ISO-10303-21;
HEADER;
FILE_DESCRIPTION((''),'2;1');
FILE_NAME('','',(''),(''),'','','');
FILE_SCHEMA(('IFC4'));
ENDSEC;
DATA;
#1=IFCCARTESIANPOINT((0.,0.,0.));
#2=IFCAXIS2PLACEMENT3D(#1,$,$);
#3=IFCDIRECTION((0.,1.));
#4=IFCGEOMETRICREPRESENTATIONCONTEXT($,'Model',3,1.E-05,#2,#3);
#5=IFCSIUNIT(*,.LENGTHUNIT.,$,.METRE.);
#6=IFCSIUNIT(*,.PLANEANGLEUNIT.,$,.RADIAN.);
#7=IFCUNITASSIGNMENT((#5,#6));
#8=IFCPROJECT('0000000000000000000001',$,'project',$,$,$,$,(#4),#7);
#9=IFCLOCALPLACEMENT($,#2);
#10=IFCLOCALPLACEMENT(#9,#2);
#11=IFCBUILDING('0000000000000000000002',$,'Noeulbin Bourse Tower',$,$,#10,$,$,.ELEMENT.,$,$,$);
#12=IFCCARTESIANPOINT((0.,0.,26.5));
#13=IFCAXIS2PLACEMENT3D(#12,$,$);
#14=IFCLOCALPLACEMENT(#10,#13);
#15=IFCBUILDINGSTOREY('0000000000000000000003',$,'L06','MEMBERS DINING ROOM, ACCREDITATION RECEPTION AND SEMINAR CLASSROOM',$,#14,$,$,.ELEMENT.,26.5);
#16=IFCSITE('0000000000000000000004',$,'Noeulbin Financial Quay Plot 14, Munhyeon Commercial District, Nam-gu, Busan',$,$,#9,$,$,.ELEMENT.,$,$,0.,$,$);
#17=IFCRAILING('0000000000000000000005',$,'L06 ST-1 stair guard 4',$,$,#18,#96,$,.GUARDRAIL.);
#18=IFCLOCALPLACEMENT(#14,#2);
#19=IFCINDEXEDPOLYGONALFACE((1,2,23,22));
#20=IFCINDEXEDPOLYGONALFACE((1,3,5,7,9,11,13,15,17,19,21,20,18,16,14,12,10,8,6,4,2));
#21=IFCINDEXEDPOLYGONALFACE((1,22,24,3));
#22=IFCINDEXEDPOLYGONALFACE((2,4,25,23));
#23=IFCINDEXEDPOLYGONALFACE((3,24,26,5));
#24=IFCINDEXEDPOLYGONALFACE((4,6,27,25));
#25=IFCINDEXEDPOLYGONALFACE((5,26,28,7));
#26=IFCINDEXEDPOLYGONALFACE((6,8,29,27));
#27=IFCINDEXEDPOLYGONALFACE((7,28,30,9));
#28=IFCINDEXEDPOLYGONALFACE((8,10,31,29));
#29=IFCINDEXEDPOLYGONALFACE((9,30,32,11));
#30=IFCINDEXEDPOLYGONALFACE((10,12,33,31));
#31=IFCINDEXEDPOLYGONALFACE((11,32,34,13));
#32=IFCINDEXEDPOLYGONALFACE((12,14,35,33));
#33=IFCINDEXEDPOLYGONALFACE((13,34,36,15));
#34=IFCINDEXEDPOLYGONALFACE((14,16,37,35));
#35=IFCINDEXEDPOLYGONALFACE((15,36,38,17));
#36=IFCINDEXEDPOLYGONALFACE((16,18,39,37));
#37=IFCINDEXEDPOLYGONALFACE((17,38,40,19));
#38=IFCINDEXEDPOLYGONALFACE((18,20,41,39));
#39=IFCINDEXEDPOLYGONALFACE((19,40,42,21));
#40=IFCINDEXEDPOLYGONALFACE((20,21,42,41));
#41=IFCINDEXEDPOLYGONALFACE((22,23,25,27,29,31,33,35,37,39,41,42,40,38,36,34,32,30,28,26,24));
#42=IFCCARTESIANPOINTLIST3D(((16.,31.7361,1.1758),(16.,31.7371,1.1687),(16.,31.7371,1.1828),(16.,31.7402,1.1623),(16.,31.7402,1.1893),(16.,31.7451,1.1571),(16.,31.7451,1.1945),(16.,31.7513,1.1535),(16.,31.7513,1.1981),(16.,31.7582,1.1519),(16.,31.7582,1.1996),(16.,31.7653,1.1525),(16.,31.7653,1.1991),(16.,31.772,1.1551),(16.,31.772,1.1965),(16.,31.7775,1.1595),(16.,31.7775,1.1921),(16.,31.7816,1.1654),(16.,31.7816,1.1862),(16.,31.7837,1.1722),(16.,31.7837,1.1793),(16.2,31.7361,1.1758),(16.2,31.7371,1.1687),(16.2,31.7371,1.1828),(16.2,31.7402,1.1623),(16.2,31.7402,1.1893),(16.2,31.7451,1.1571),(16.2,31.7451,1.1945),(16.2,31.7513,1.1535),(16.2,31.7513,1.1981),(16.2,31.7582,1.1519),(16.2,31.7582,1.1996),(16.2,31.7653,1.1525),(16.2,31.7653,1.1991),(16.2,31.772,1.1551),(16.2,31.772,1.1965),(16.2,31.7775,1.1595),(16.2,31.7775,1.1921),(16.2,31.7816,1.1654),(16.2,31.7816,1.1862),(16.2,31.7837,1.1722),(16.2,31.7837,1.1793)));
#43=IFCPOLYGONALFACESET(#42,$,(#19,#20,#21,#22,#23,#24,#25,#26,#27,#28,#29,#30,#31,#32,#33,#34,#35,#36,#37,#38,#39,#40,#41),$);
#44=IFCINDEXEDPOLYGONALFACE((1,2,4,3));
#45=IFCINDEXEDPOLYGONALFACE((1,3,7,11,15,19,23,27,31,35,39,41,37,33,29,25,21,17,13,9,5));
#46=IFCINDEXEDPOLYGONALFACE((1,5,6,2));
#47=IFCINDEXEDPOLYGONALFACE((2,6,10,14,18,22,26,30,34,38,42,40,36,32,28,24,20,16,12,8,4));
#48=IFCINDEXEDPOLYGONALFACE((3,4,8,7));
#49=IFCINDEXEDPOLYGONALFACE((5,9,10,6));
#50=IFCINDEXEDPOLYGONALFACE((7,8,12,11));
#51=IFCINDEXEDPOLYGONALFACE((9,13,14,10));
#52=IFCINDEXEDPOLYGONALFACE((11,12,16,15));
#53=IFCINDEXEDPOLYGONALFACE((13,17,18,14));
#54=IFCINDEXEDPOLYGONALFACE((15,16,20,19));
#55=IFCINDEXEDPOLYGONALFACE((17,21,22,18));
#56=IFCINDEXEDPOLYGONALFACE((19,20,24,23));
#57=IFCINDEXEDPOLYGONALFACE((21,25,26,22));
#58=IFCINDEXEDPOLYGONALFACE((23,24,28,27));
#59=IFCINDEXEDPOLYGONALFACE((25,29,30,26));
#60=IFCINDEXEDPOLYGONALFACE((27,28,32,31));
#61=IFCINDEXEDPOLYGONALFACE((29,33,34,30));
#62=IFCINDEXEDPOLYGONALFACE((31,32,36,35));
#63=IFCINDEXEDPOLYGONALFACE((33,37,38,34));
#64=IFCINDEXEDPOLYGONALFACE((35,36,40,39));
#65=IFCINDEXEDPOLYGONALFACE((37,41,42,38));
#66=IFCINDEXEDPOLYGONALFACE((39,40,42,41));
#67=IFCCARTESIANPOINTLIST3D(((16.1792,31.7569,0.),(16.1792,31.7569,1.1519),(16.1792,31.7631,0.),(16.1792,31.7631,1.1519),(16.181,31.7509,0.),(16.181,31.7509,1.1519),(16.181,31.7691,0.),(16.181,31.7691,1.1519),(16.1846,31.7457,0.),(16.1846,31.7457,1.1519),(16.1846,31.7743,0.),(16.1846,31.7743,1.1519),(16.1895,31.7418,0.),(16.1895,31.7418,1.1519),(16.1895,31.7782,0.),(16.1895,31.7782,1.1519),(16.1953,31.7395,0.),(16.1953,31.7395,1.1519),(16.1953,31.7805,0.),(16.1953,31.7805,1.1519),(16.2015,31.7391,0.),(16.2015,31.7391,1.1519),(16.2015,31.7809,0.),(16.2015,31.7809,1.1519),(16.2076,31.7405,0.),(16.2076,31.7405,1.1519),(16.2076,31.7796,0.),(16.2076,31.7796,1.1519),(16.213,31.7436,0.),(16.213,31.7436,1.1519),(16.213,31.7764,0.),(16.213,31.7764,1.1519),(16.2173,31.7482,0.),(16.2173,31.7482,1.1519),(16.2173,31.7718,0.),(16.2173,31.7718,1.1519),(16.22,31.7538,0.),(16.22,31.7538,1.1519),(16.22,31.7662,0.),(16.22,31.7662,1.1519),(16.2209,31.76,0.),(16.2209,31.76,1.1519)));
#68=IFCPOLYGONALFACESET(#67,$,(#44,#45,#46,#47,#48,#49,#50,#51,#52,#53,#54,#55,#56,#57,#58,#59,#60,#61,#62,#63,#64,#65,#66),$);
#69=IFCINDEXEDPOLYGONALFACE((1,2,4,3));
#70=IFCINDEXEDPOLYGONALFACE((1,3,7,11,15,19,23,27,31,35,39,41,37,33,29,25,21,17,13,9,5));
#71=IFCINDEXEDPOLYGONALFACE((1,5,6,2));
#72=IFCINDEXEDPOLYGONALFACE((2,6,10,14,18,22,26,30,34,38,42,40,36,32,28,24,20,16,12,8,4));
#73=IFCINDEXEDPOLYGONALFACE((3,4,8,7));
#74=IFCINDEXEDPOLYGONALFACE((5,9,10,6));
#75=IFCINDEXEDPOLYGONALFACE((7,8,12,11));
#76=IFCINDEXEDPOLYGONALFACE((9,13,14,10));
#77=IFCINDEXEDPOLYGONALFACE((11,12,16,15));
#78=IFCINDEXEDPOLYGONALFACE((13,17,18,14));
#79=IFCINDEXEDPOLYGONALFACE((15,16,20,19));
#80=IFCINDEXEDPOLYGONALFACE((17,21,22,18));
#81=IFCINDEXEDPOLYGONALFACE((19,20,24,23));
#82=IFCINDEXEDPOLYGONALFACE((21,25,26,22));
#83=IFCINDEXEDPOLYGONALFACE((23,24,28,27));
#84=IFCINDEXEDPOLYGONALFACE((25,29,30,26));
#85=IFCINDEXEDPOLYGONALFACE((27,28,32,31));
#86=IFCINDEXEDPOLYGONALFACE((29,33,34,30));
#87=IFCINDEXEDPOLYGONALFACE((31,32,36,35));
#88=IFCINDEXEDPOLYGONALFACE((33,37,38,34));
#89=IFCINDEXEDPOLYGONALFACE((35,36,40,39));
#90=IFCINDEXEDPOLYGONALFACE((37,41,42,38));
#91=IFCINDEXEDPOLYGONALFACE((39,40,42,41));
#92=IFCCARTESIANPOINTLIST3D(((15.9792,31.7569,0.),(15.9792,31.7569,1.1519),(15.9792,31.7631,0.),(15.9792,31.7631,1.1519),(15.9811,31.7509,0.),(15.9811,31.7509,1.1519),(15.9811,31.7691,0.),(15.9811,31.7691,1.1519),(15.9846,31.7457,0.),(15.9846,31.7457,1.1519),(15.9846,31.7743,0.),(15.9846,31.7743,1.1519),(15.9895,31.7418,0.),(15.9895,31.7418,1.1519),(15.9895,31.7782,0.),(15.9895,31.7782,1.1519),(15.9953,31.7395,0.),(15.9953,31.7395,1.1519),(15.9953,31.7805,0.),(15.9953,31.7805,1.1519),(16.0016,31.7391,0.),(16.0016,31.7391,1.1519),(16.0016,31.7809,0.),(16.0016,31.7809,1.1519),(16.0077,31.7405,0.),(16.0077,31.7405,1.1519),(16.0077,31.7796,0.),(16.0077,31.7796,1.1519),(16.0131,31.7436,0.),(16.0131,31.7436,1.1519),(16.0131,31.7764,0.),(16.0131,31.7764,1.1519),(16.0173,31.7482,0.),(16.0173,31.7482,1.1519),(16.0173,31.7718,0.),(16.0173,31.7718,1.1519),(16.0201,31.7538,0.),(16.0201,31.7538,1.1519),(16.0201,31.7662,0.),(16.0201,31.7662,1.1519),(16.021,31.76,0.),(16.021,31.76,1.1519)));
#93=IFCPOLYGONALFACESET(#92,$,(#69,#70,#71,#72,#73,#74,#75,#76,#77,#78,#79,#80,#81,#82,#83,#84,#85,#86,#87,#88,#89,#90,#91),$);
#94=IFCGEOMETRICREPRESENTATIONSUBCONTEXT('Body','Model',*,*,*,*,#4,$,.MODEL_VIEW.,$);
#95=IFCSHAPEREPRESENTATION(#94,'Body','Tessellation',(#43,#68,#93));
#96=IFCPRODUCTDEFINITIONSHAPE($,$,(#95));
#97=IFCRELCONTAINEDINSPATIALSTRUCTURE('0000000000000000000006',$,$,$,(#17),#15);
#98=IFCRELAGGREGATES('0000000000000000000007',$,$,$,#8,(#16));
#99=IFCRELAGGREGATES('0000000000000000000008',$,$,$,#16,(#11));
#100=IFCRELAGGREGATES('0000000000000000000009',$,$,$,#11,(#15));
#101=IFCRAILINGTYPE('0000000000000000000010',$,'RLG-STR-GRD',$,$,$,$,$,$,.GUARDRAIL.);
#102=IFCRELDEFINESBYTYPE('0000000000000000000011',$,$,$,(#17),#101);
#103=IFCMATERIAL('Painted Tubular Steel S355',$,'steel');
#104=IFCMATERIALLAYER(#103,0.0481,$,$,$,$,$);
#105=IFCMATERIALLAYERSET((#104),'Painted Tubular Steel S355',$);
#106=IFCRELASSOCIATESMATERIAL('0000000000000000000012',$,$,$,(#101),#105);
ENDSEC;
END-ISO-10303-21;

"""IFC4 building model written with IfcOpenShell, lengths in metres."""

from ifc_helpers import new_model, si_unit, direction, frame, origin, origin_2d, place, context, subcontext, project, spatial, circle, extrude, material, layer, layer_set, type_object, element, save


model = new_model("IFC4")

# Units and contexts
model_context = context("Model", 3, precision=1e-05, world=origin(), true_north=direction((0.0, 1.0)))
body_context = subcontext(model_context, "Body", "Model", "MODEL_VIEW")
ifc_project = project(units=[si_unit("LENGTHUNIT", "METRE"), si_unit("PLANEANGLEUNIT", "RADIAN")], contexts=[model_context])

# Site, building, storey
site_placement = place(None, origin())
site = spatial("IfcSite", under=ifc_project, at=site_placement, Name="Noeulbin Financial Quay Plot 14, Munhyeon Commercial District, Nam-gu, Busan", CompositionType="ELEMENT", RefElevation=0.0)
building_placement = place(site_placement, origin())
building = spatial("IfcBuilding", under=site, at=building_placement, Name="Noeulbin Bourse Tower", CompositionType="ELEMENT")
storey_placement = place(building_placement, frame((0.0, 0.0, 26.5)))
storey = spatial("IfcBuildingStorey", under=building, at=storey_placement, Name="L06", Description="MEMBERS DINING ROOM, ACCREDITATION RECEPTION AND SEMINAR CLASSROOM", CompositionType="ELEMENT", Elevation=26.5)

# Railing
ifc_material_1 = material(Name="Painted Tubular Steel S355", Category="steel")
ifc_layer_1 = layer(ifc_material_1, 0.0481)
ifc_layer_set_1 = layer_set([ifc_layer_1], Name="Painted Tubular Steel S355")
railing_type_1 = type_object("IfcRailingType", Name="RLG-STR-GRD", PredefinedType="GUARDRAIL", material=ifc_layer_set_1)
railing_1_placement = place(storey_placement, frame((16.2, 31.76, 0.0)))
element("IfcRailing", 1, at=railing_1_placement, inside=storey, type_object=railing_type_1, Name="L06 ST-1 stair guard 4", PredefinedType="GUARDRAIL", context=body_context, shape_type="SweptSolid", body=[
    extrude(circle(Radius=0.0239, at=origin_2d()), frame((0.0, 0.0, 1.1758), z_axis=(-1.0, 0.0, 0.0), x_axis=(0.0, -1.0, 0.0)), (0.0, 0.0, 1.0), 0.2),
    extrude(circle(Radius=0.021, at=origin_2d()), origin(), (0.0, 0.0, 1.0), 1.1519),
    extrude(circle(Radius=0.021, at=origin_2d()), frame((-0.2, 0.0, 0.0)), (0.0, 0.0, 1.0), 1.1519),
])

save(model, "model.ifc")
